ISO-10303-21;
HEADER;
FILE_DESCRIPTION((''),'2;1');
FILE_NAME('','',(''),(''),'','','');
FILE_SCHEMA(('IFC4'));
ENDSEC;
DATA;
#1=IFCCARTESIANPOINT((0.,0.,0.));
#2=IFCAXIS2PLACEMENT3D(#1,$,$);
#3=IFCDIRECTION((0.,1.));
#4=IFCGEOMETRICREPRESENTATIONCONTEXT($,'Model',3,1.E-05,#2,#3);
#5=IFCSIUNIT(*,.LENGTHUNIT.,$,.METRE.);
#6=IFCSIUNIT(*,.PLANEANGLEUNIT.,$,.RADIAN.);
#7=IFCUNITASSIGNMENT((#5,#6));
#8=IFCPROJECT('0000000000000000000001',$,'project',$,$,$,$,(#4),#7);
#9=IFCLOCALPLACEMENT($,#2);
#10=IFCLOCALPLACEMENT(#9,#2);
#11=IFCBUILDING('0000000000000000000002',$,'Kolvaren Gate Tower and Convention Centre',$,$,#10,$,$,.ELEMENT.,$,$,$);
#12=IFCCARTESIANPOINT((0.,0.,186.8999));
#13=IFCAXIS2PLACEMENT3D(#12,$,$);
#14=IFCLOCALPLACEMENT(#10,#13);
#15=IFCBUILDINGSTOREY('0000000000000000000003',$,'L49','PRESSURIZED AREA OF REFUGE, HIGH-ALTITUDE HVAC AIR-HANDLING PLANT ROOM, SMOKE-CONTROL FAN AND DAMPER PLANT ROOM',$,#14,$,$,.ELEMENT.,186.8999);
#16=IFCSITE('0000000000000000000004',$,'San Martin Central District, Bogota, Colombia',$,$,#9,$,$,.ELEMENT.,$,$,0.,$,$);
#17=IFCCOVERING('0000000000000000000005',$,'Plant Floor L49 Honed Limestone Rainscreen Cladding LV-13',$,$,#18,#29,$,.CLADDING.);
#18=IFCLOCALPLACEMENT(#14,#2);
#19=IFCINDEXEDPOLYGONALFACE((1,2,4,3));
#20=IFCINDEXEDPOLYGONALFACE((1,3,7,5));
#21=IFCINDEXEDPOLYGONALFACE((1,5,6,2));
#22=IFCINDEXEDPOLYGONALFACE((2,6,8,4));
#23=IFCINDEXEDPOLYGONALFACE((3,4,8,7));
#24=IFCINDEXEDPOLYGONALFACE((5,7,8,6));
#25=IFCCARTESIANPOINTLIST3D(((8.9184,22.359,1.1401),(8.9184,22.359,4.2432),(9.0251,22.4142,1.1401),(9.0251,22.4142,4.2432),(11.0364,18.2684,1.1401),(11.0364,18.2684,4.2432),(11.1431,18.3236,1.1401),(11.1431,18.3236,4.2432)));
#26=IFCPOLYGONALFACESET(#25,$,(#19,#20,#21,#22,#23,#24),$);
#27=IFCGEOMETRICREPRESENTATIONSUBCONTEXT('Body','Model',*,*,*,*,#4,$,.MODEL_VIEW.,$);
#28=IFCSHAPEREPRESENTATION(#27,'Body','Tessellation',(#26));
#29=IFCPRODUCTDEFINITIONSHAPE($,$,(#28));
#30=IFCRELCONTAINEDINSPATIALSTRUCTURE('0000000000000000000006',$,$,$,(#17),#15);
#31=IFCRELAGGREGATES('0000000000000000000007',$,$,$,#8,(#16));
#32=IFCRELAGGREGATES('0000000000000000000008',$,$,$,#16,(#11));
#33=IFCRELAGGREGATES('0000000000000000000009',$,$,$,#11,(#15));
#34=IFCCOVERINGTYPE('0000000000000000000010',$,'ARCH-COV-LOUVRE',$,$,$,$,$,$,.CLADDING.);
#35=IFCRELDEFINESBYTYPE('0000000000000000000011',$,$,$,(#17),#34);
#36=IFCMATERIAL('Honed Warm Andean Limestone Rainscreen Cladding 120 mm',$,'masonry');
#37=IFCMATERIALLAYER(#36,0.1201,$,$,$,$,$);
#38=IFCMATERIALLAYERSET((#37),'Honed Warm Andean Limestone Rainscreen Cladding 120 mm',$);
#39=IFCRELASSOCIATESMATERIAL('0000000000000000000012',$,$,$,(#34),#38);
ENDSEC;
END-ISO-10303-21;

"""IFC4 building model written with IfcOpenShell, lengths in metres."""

from ifc_helpers import new_model, si_unit, direction, frame, origin, origin_2d, place, context, subcontext, project, spatial, rectangle, extrude, material, layer, layer_set, type_object, element, save


model = new_model("IFC4")

# Units and contexts
model_context = context("Model", 3, precision=1e-05, world=origin(), true_north=direction((0.0, 1.0)))
body_context = subcontext(model_context, "Body", "Model", "MODEL_VIEW")
ifc_project = project(units=[si_unit("LENGTHUNIT", "METRE"), si_unit("PLANEANGLEUNIT", "RADIAN")], contexts=[model_context])

# Site, building, storey
site_placement = place(None, origin())
site = spatial("IfcSite", under=ifc_project, at=site_placement, Name="San Martin Central District, Bogota, Colombia", CompositionType="ELEMENT", RefElevation=0.0)
building_placement = place(site_placement, origin())
building = spatial("IfcBuilding", under=site, at=building_placement, Name="Kolvaren Gate Tower and Convention Centre", CompositionType="ELEMENT")
storey_placement = place(building_placement, frame((0.0, 0.0, 186.8999)))
storey = spatial("IfcBuildingStorey", under=building, at=storey_placement, Name="L49", Description="PRESSURIZED AREA OF REFUGE, HIGH-ALTITUDE HVAC AIR-HANDLING PLANT ROOM, SMOKE-CONTROL FAN AND DAMPER PLANT ROOM", CompositionType="ELEMENT", Elevation=186.8999)

# Covering
ifc_material_1 = material(Name="Honed Warm Andean Limestone Rainscreen Cladding 120 mm", Category="masonry")
ifc_layer_1 = layer(ifc_material_1, 0.1201)
ifc_layer_set_1 = layer_set([ifc_layer_1], Name="Honed Warm Andean Limestone Rainscreen Cladding 120 mm")
covering_type = type_object("IfcCoveringType", Name="ARCH-COV-LOUVRE", PredefinedType="CLADDING", material=ifc_layer_set_1)
covering_1_placement = place(storey_placement, frame((10.0308, 20.3413, 1.1401), z_axis=(0.0, 0.0, 1.0), x_axis=(0.459798, -0.888023, 0.0)))
element("IfcCovering", 1, at=covering_1_placement, inside=storey, type_object=covering_type, Name="Plant Floor L49 Honed Limestone Rainscreen Cladding LV-13", PredefinedType="CLADDING", context=body_context, shape_type="SweptSolid", body=[
    extrude(rectangle(XDim=4.6064, YDim=0.1201, at=origin_2d()), origin(), (0.0, 0.0, 1.0), 3.103),
])

save(model, "model.ifc")
